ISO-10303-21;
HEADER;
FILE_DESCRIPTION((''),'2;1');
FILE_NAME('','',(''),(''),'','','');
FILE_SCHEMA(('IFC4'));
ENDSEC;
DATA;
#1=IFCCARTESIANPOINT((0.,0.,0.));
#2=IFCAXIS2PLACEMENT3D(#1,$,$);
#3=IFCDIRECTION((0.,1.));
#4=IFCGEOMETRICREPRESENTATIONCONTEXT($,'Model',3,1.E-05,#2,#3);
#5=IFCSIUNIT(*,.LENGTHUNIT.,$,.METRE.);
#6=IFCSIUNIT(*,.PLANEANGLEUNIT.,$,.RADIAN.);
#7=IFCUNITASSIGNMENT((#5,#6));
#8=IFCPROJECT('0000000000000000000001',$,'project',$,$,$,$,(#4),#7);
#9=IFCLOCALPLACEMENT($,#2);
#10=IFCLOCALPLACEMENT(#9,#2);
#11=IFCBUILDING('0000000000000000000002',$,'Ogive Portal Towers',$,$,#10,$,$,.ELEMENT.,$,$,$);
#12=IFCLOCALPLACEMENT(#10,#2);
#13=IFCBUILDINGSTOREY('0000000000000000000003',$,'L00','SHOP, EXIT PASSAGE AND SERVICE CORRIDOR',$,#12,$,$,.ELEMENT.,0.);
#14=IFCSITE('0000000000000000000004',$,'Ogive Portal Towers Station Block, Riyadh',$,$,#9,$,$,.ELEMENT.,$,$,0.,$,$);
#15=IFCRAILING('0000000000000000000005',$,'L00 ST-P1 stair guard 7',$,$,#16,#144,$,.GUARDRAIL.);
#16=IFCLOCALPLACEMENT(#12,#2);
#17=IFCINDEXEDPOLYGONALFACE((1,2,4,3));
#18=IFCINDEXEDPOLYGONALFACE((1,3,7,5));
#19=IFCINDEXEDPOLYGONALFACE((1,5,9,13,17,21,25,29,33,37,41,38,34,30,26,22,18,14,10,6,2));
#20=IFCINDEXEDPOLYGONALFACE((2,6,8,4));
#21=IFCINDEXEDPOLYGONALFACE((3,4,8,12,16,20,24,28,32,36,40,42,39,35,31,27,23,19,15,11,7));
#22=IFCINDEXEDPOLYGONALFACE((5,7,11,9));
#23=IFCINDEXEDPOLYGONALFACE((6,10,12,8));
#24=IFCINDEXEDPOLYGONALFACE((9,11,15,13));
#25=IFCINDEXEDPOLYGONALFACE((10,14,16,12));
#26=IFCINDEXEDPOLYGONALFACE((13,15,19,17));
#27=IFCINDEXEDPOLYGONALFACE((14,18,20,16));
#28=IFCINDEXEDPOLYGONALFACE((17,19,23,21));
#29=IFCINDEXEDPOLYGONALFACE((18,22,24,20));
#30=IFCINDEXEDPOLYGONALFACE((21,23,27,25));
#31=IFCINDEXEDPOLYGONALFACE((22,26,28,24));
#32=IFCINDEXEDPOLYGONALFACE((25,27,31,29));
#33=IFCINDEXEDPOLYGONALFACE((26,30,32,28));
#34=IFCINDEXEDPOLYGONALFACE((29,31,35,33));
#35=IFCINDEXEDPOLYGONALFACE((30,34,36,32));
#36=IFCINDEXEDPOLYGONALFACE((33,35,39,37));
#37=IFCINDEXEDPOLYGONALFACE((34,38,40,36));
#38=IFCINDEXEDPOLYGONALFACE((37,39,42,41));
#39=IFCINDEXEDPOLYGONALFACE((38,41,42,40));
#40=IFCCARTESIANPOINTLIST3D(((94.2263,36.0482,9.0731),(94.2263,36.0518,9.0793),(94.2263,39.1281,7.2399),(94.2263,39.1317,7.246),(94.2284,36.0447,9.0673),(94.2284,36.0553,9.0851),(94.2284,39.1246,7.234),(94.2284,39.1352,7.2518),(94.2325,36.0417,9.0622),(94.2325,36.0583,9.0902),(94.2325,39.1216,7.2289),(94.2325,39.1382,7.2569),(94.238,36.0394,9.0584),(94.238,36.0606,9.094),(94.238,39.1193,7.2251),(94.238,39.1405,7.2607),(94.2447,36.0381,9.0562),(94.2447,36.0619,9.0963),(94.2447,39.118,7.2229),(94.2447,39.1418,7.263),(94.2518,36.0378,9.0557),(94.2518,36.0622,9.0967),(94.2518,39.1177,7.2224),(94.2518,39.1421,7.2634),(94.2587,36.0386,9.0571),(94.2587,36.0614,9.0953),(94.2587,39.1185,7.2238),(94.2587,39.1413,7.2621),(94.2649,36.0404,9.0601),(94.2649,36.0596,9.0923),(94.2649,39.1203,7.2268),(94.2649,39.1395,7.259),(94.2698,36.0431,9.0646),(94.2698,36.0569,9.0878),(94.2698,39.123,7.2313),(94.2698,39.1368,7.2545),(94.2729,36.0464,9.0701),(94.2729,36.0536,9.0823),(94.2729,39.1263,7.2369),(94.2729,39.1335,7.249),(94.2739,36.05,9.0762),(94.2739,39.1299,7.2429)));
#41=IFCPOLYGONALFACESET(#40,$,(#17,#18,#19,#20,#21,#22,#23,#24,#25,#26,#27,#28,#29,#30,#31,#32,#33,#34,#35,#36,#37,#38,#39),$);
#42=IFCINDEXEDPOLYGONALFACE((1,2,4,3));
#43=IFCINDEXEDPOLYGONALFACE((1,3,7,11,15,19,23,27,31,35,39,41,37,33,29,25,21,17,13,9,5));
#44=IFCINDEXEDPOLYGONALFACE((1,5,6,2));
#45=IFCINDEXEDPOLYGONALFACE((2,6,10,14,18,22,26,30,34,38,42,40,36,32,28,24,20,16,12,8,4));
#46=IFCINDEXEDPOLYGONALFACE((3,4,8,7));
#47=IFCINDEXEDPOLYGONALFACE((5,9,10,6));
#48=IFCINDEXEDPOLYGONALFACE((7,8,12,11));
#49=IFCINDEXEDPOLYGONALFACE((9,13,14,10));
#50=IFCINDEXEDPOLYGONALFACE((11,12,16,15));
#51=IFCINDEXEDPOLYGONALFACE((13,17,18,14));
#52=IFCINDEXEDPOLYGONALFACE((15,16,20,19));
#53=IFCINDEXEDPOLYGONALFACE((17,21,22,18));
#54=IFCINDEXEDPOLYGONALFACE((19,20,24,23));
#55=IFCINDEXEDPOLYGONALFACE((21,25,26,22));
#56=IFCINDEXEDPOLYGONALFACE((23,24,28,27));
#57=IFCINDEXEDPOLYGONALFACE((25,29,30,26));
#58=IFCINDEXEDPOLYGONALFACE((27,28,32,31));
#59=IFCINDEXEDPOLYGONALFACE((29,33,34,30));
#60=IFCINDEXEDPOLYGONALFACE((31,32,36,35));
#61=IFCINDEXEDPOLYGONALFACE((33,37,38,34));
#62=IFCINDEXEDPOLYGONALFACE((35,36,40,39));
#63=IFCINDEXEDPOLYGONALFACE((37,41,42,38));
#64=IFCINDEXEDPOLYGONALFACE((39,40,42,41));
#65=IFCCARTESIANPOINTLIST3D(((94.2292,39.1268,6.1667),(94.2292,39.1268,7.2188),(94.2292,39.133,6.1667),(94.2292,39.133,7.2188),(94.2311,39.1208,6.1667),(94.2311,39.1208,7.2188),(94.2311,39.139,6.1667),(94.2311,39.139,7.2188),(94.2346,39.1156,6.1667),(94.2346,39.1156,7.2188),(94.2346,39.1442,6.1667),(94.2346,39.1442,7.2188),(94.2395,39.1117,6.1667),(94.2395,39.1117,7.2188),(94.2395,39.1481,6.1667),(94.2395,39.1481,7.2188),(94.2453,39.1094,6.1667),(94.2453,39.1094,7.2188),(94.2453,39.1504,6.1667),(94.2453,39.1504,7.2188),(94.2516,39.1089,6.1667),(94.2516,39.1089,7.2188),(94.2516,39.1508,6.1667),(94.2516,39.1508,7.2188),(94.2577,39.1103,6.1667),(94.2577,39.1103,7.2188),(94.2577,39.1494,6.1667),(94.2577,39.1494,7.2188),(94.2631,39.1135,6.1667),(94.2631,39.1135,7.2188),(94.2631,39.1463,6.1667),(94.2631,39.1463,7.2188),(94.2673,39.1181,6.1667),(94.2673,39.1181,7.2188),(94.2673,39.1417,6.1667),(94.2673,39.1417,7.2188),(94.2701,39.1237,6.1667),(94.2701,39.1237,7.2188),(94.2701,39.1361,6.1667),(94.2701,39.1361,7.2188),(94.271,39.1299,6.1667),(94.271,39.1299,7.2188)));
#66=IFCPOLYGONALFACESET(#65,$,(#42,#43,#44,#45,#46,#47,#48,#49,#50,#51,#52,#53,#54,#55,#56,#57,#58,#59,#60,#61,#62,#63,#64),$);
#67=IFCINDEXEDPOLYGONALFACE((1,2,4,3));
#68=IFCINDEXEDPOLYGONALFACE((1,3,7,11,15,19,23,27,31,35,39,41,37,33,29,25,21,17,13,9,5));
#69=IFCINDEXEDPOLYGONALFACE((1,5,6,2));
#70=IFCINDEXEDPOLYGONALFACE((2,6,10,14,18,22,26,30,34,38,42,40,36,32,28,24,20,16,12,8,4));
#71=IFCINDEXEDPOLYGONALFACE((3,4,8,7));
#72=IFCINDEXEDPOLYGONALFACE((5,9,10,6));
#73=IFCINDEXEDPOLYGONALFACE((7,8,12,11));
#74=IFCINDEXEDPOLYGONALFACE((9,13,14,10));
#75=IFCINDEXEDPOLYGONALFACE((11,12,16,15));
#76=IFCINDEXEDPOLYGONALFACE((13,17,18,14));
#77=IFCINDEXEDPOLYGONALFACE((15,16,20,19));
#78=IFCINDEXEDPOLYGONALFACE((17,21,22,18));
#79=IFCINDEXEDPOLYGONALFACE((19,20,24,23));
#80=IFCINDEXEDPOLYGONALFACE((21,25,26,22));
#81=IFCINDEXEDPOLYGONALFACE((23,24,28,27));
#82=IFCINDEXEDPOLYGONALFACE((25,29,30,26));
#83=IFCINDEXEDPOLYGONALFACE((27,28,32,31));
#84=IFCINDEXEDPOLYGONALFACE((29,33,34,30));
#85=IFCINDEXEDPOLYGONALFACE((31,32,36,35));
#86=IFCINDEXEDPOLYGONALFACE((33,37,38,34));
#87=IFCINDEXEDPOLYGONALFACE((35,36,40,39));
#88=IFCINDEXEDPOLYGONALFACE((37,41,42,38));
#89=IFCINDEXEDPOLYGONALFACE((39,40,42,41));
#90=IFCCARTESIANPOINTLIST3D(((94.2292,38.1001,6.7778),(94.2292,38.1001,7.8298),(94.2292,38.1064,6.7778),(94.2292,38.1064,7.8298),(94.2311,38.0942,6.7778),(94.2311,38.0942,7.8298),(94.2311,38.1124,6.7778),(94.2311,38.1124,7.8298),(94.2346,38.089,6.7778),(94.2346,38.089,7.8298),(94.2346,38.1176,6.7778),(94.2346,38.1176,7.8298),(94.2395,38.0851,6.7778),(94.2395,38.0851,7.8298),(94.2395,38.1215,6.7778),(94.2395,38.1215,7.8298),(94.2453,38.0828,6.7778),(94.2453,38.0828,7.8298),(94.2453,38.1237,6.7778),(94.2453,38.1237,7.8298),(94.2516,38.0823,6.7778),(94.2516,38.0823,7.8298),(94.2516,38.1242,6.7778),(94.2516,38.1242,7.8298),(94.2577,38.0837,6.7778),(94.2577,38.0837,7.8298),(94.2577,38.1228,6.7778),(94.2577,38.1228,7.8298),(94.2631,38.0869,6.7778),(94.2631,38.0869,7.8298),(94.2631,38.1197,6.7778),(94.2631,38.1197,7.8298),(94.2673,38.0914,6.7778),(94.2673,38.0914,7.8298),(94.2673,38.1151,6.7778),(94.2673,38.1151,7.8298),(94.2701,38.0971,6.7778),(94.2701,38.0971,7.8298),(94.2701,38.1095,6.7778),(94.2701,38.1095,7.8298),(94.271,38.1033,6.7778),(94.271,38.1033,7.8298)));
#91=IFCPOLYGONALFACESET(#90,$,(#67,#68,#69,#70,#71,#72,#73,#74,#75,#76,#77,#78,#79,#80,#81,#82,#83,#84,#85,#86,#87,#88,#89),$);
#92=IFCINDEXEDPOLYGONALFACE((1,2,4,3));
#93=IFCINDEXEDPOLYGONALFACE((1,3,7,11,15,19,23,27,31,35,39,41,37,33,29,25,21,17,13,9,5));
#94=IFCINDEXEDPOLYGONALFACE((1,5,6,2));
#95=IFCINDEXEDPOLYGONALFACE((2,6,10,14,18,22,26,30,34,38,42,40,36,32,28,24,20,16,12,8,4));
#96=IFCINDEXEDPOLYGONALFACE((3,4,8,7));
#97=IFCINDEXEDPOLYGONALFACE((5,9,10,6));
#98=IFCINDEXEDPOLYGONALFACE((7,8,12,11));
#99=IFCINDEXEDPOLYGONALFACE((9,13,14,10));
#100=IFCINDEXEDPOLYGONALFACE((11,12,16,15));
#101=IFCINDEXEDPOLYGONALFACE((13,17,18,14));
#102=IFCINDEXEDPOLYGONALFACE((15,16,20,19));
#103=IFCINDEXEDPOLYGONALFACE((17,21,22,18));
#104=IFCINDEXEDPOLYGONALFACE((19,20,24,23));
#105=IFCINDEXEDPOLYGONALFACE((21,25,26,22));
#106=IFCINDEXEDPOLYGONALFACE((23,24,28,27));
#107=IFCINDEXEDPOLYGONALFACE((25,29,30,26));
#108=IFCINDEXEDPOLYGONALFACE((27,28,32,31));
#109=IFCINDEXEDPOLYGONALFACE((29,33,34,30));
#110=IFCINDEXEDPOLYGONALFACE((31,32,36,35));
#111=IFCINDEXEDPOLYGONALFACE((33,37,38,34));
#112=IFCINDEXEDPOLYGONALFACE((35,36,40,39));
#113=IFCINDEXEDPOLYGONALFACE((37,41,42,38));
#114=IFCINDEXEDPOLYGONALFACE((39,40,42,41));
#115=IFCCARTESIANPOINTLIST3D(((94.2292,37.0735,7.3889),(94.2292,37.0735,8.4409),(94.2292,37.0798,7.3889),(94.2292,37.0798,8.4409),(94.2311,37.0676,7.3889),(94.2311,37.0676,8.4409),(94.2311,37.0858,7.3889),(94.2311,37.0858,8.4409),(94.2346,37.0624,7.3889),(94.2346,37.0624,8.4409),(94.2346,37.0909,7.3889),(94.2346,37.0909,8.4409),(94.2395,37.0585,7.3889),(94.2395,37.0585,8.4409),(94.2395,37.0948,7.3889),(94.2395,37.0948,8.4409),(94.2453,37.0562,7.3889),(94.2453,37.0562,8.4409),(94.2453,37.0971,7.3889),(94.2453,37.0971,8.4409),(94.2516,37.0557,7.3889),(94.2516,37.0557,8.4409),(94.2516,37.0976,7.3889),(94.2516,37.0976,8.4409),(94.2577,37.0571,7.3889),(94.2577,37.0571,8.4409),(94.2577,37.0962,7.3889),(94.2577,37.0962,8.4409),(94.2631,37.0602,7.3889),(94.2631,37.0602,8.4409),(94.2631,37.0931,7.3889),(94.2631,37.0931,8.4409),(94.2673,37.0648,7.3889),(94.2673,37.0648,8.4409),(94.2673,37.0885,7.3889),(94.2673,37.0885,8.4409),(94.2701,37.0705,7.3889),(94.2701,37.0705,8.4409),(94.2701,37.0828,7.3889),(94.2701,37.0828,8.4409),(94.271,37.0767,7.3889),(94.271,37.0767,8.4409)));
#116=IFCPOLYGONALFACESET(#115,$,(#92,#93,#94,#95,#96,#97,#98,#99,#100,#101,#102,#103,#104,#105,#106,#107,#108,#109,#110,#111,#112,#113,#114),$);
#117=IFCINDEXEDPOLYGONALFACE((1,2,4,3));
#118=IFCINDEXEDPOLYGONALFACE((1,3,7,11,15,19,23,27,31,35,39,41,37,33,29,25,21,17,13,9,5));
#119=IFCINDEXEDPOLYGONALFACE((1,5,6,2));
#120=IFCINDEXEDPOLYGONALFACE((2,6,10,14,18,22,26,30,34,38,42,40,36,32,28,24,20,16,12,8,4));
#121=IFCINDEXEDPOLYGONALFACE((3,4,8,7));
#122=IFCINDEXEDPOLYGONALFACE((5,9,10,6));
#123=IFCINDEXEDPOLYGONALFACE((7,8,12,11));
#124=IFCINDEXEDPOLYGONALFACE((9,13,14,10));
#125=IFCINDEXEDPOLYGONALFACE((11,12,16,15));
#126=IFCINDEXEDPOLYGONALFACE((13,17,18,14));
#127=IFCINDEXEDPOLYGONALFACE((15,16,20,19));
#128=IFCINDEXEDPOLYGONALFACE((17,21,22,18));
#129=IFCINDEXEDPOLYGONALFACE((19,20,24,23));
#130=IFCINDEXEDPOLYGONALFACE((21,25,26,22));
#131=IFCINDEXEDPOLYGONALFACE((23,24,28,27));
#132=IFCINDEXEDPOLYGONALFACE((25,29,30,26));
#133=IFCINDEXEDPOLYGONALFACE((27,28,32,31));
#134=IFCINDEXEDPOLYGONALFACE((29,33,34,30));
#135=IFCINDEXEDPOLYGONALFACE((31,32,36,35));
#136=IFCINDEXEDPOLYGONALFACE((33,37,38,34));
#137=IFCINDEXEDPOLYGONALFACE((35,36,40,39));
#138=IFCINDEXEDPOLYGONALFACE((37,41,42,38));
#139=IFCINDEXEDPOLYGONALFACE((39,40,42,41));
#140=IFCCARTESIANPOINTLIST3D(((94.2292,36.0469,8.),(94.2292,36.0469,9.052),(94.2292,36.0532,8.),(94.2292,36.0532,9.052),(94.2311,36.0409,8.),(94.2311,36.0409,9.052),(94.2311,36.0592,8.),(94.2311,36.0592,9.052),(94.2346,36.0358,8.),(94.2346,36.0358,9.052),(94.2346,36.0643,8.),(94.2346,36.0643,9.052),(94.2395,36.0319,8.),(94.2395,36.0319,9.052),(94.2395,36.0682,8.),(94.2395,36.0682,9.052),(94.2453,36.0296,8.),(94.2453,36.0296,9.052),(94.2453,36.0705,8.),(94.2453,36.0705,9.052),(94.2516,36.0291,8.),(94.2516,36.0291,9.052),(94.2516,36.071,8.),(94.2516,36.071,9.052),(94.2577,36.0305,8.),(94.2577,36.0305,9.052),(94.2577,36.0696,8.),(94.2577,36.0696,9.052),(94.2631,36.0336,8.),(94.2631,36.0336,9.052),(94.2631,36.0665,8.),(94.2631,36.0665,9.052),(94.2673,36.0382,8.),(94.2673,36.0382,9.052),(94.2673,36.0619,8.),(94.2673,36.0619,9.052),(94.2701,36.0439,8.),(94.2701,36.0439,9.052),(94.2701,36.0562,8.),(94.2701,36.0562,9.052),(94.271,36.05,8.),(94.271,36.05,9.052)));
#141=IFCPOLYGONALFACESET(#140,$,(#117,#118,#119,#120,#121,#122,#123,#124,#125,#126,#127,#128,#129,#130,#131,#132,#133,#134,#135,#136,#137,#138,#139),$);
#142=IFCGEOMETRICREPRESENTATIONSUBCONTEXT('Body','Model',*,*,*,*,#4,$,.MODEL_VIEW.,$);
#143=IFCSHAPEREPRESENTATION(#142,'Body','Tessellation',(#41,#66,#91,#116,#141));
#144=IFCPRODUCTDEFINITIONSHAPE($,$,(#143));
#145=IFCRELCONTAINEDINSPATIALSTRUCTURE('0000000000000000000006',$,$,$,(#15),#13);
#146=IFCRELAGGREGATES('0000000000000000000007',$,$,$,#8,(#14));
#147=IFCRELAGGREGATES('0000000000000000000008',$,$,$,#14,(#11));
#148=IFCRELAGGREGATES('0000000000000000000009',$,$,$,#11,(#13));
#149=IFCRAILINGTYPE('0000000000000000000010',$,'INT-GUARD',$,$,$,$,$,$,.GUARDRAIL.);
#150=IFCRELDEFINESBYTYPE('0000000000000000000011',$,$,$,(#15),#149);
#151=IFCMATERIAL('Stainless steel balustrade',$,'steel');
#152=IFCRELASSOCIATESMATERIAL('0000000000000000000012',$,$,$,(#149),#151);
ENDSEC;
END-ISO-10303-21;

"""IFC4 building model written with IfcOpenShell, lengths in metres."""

from ifc_helpers import new_model, si_unit, direction, frame, origin, origin_2d, place, context, subcontext, project, spatial, circle, extrude, material, type_object, element, save


model = new_model("IFC4")

# Units and contexts
model_context = context("Model", 3, precision=1e-05, world=origin(), true_north=direction((0.0, 1.0)))
body_context = subcontext(model_context, "Body", "Model", "MODEL_VIEW")
ifc_project = project(units=[si_unit("LENGTHUNIT", "METRE"), si_unit("PLANEANGLEUNIT", "RADIAN")], contexts=[model_context])

# Site, building, storey
site_placement = place(None, origin())
site = spatial("IfcSite", under=ifc_project, at=site_placement, Name="Ogive Portal Towers Station Block, Riyadh", CompositionType="ELEMENT", RefElevation=0.0)
building_placement = place(site_placement, origin())
building = spatial("IfcBuilding", under=site, at=building_placement, Name="Ogive Portal Towers", CompositionType="ELEMENT")
storey_placement = place(building_placement, origin())
storey = spatial("IfcBuildingStorey", under=building, at=storey_placement, Name="L00", Description="SHOP, EXIT PASSAGE AND SERVICE CORRIDOR", CompositionType="ELEMENT", Elevation=0.0)

# Railing
ifc_material_1 = material(Name="Stainless steel balustrade", Category="steel")
railing_type_1 = type_object("IfcRailingType", Name="INT-GUARD", PredefinedType="GUARDRAIL", material=ifc_material_1)
railing_1_placement = place(storey_placement, frame((94.25, 39.1299, 6.1667)))
element("IfcRailing", 1, at=railing_1_placement, inside=storey, type_object=railing_type_1, Name="L00 ST-P1 stair guard 7", PredefinedType="GUARDRAIL", context=body_context, shape_type="SweptSolid", body=[
    extrude(circle(Radius=0.0239, at=origin_2d()), frame((0.0, 0.0, 1.0762), z_axis=(0.0, -0.859291, 0.511487), x_axis=(1.0, 0.0, 0.0)), (0.0, 0.0, 1.0), 3.5842),
    extrude(circle(Radius=0.021, at=origin_2d()), origin(), (0.0, 0.0, 1.0), 1.052),
    extrude(circle(Radius=0.021, at=origin_2d()), frame((0.0, -1.0266, 0.6111)), (0.0, 0.0, 1.0), 1.052),
    extrude(circle(Radius=0.021, at=origin_2d()), frame((0.0, -2.0532, 1.2222)), (0.0, 0.0, 1.0), 1.052),
    extrude(circle(Radius=0.021, at=origin_2d()), frame((0.0, -3.0798, 1.8333)), (0.0, 0.0, 1.0), 1.052),
])

save(model, "model.ifc")
